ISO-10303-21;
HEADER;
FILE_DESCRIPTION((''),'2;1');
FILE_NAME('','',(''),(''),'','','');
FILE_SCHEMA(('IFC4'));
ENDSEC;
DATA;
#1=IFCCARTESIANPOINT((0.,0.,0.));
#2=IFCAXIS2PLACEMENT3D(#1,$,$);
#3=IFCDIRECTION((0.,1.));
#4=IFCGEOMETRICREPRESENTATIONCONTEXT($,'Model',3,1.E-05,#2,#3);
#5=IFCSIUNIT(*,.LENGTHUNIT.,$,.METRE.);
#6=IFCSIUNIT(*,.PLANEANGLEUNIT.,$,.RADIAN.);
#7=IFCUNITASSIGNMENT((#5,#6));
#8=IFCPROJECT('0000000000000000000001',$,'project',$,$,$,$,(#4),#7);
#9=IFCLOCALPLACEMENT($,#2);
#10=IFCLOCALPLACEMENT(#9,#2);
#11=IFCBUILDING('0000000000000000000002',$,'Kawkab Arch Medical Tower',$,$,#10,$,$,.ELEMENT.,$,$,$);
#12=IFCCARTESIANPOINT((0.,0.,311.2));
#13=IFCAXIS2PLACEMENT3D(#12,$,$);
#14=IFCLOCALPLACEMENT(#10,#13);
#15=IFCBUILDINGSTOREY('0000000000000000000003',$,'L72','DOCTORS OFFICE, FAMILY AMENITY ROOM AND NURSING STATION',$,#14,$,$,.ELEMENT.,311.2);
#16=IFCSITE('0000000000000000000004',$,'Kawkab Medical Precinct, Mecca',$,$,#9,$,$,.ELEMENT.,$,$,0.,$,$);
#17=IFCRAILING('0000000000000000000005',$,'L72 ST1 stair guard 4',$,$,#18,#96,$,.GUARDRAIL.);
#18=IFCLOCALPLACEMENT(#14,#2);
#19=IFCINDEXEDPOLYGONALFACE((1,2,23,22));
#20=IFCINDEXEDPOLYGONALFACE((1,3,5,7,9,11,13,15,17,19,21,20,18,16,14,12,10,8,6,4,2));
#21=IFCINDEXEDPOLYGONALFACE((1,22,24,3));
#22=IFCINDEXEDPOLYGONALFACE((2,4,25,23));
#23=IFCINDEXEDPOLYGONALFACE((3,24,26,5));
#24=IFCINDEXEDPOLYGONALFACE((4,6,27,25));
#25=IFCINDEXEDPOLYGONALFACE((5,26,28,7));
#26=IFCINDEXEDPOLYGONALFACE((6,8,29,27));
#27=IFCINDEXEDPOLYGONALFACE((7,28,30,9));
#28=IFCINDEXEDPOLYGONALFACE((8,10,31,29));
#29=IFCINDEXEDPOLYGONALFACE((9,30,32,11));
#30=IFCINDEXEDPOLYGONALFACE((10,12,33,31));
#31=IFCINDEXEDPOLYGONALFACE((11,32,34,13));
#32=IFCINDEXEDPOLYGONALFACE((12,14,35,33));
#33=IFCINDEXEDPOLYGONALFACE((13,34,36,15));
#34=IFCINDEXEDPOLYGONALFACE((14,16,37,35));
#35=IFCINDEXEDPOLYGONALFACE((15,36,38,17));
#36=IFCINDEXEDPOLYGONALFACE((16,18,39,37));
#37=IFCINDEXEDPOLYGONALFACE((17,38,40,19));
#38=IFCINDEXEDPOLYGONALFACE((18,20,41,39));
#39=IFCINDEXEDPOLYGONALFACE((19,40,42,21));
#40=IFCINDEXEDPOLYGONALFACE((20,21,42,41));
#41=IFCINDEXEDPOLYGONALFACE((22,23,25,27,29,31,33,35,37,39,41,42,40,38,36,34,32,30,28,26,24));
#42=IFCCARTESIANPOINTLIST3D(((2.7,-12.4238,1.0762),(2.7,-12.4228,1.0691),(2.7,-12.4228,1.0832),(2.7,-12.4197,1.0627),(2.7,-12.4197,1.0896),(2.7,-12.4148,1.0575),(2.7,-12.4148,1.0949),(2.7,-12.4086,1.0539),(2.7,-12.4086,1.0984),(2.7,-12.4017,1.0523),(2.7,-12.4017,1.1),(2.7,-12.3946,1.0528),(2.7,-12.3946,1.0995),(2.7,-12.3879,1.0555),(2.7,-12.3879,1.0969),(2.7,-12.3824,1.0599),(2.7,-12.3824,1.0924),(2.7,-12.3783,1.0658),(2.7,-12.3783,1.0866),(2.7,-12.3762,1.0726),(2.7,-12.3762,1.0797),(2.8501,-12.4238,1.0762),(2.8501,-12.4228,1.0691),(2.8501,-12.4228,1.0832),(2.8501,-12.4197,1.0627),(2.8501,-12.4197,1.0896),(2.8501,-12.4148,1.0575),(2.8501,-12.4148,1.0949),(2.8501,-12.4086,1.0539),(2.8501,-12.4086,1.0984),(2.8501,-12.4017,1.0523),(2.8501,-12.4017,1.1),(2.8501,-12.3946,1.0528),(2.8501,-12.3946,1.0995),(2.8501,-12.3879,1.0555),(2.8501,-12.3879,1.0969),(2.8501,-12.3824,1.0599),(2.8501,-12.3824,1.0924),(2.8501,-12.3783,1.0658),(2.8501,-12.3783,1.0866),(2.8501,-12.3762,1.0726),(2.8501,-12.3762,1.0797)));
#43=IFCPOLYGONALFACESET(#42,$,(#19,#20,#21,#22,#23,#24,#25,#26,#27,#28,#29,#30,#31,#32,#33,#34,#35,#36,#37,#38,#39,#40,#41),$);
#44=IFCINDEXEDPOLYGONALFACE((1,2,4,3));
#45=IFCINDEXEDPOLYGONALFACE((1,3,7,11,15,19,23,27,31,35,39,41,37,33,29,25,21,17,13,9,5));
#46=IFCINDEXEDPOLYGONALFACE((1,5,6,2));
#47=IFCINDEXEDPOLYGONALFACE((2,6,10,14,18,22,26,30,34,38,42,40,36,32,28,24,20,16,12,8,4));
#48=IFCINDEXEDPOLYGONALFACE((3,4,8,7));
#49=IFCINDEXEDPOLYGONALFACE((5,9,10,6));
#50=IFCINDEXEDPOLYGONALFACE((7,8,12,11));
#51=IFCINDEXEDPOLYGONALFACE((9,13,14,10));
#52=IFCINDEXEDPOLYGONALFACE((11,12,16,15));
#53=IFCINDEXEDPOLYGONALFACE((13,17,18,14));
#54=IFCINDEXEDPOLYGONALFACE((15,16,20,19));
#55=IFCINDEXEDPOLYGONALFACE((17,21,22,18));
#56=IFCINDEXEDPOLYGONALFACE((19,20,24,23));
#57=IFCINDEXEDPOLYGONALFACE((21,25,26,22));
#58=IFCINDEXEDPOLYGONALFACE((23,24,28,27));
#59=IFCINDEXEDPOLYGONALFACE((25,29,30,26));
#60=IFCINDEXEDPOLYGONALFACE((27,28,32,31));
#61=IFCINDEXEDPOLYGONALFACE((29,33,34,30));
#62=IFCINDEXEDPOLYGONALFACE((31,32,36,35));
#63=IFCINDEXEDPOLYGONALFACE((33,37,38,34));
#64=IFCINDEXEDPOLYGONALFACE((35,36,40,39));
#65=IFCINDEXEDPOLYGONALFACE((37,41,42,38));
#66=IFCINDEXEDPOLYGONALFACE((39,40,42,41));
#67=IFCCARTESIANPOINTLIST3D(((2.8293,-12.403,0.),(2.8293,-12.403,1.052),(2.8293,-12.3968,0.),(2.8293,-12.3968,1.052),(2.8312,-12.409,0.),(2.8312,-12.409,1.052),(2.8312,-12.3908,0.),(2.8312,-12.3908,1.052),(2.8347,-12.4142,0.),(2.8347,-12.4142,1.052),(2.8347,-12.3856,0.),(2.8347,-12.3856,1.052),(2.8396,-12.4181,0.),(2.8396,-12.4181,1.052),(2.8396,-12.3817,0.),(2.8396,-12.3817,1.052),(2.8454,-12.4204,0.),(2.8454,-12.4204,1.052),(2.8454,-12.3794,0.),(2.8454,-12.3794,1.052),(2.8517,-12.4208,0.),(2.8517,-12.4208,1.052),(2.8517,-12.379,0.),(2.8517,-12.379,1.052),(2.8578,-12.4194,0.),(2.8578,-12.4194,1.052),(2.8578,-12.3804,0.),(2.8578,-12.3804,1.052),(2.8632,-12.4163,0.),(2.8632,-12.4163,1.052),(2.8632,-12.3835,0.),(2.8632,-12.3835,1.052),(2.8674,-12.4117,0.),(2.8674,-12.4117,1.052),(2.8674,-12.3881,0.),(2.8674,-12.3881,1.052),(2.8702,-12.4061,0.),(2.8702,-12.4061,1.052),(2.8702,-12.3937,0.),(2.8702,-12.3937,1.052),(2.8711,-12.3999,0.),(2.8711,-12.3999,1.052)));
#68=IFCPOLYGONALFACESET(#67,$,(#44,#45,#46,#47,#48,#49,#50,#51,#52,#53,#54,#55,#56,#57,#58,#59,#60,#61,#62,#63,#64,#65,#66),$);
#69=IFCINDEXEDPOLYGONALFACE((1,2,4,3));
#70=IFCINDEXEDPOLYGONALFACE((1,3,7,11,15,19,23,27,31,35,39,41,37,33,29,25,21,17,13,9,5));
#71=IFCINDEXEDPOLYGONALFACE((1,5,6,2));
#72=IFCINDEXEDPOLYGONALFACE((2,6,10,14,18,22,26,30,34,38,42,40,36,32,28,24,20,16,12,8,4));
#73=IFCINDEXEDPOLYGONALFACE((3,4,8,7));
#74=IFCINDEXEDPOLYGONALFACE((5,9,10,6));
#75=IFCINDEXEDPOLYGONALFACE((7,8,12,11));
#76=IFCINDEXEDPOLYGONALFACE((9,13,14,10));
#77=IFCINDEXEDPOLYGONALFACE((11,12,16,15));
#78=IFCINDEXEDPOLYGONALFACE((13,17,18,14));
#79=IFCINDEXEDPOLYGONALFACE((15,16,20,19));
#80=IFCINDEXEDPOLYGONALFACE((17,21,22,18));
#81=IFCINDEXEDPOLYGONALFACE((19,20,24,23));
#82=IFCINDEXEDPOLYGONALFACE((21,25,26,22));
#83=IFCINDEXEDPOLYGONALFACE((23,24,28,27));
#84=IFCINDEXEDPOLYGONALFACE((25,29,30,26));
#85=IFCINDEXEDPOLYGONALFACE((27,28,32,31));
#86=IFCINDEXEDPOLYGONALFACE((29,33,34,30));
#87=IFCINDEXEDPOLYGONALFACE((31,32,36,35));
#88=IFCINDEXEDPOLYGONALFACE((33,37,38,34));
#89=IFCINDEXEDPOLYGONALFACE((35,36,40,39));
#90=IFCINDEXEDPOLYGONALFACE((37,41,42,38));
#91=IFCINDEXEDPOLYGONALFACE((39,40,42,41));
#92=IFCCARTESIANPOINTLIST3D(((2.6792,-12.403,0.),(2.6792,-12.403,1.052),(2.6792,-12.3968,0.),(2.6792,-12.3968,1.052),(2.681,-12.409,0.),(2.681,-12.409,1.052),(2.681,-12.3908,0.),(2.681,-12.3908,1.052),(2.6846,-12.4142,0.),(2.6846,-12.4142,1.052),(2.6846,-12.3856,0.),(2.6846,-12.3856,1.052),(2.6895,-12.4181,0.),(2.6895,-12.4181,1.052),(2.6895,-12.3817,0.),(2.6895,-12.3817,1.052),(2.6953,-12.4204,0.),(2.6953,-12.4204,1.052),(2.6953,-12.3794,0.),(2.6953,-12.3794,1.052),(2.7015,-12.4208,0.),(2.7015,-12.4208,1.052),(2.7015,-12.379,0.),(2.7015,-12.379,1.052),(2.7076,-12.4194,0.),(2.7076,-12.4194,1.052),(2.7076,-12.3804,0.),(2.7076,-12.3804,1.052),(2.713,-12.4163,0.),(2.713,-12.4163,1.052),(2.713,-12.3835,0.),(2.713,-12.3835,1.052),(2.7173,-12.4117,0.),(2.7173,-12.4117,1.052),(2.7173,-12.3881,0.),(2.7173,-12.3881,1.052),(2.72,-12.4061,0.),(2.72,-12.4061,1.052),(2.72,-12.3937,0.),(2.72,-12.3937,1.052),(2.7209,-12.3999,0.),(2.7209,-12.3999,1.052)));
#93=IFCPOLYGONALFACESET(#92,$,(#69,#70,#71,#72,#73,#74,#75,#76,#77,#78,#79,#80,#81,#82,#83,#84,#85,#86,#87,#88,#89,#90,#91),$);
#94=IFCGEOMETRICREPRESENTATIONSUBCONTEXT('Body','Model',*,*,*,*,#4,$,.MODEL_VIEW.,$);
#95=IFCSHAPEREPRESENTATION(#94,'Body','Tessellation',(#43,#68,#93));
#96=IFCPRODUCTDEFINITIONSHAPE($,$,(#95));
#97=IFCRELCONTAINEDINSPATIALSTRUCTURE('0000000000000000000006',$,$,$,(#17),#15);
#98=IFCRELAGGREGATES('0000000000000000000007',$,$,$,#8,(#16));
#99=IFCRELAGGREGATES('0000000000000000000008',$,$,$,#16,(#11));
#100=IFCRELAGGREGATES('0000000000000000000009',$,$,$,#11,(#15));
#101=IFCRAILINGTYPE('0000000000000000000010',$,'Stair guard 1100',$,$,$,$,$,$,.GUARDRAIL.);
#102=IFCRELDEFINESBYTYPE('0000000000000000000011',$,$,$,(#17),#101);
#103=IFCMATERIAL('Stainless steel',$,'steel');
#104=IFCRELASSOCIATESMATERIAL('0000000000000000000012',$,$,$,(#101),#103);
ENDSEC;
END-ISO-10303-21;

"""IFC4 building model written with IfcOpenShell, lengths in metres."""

from ifc_helpers import new_model, si_unit, direction, frame, origin, origin_2d, place, context, subcontext, project, spatial, circle, extrude, material, type_object, element, save


model = new_model("IFC4")

# Units and contexts
model_context = context("Model", 3, precision=1e-05, world=origin(), true_north=direction((0.0, 1.0)))
body_context = subcontext(model_context, "Body", "Model", "MODEL_VIEW")
ifc_project = project(units=[si_unit("LENGTHUNIT", "METRE"), si_unit("PLANEANGLEUNIT", "RADIAN")], contexts=[model_context])

# Site, building, storey
site_placement = place(None, origin())
site = spatial("IfcSite", under=ifc_project, at=site_placement, Name="Kawkab Medical Precinct, Mecca", CompositionType="ELEMENT", RefElevation=0.0)
building_placement = place(site_placement, origin())
building = spatial("IfcBuilding", under=site, at=building_placement, Name="Kawkab Arch Medical Tower", CompositionType="ELEMENT")
storey_placement = place(building_placement, frame((0.0, 0.0, 311.2)))
storey = spatial("IfcBuildingStorey", under=building, at=storey_placement, Name="L72", Description="DOCTORS OFFICE, FAMILY AMENITY ROOM AND NURSING STATION", CompositionType="ELEMENT", Elevation=311.2)

# Railing
ifc_material_1 = material(Name="Stainless steel", Category="steel")
railing_type = type_object("IfcRailingType", Name="Stair guard 1100", PredefinedType="GUARDRAIL", material=ifc_material_1)
railing_1_placement = place(storey_placement, frame((2.8501, -12.3999, 0.0)))
element("IfcRailing", 1, at=railing_1_placement, inside=storey, type_object=railing_type, Name="L72 ST1 stair guard 4", PredefinedType="GUARDRAIL", context=body_context, shape_type="SweptSolid", body=[
    extrude(circle(Radius=0.0239, at=origin_2d()), frame((0.0, 0.0, 1.0762), z_axis=(-1.0, 0.0, 0.0), x_axis=(0.0, -1.0, 0.0)), (0.0, 0.0, 1.0), 0.1501),
    extrude(circle(Radius=0.021, at=origin_2d()), origin(), (0.0, 0.0, 1.0), 1.052),
    extrude(circle(Radius=0.021, at=origin_2d()), frame((-0.1501, 0.0, 0.0)), (0.0, 0.0, 1.0), 1.052),
])

save(model, "model.ifc")
